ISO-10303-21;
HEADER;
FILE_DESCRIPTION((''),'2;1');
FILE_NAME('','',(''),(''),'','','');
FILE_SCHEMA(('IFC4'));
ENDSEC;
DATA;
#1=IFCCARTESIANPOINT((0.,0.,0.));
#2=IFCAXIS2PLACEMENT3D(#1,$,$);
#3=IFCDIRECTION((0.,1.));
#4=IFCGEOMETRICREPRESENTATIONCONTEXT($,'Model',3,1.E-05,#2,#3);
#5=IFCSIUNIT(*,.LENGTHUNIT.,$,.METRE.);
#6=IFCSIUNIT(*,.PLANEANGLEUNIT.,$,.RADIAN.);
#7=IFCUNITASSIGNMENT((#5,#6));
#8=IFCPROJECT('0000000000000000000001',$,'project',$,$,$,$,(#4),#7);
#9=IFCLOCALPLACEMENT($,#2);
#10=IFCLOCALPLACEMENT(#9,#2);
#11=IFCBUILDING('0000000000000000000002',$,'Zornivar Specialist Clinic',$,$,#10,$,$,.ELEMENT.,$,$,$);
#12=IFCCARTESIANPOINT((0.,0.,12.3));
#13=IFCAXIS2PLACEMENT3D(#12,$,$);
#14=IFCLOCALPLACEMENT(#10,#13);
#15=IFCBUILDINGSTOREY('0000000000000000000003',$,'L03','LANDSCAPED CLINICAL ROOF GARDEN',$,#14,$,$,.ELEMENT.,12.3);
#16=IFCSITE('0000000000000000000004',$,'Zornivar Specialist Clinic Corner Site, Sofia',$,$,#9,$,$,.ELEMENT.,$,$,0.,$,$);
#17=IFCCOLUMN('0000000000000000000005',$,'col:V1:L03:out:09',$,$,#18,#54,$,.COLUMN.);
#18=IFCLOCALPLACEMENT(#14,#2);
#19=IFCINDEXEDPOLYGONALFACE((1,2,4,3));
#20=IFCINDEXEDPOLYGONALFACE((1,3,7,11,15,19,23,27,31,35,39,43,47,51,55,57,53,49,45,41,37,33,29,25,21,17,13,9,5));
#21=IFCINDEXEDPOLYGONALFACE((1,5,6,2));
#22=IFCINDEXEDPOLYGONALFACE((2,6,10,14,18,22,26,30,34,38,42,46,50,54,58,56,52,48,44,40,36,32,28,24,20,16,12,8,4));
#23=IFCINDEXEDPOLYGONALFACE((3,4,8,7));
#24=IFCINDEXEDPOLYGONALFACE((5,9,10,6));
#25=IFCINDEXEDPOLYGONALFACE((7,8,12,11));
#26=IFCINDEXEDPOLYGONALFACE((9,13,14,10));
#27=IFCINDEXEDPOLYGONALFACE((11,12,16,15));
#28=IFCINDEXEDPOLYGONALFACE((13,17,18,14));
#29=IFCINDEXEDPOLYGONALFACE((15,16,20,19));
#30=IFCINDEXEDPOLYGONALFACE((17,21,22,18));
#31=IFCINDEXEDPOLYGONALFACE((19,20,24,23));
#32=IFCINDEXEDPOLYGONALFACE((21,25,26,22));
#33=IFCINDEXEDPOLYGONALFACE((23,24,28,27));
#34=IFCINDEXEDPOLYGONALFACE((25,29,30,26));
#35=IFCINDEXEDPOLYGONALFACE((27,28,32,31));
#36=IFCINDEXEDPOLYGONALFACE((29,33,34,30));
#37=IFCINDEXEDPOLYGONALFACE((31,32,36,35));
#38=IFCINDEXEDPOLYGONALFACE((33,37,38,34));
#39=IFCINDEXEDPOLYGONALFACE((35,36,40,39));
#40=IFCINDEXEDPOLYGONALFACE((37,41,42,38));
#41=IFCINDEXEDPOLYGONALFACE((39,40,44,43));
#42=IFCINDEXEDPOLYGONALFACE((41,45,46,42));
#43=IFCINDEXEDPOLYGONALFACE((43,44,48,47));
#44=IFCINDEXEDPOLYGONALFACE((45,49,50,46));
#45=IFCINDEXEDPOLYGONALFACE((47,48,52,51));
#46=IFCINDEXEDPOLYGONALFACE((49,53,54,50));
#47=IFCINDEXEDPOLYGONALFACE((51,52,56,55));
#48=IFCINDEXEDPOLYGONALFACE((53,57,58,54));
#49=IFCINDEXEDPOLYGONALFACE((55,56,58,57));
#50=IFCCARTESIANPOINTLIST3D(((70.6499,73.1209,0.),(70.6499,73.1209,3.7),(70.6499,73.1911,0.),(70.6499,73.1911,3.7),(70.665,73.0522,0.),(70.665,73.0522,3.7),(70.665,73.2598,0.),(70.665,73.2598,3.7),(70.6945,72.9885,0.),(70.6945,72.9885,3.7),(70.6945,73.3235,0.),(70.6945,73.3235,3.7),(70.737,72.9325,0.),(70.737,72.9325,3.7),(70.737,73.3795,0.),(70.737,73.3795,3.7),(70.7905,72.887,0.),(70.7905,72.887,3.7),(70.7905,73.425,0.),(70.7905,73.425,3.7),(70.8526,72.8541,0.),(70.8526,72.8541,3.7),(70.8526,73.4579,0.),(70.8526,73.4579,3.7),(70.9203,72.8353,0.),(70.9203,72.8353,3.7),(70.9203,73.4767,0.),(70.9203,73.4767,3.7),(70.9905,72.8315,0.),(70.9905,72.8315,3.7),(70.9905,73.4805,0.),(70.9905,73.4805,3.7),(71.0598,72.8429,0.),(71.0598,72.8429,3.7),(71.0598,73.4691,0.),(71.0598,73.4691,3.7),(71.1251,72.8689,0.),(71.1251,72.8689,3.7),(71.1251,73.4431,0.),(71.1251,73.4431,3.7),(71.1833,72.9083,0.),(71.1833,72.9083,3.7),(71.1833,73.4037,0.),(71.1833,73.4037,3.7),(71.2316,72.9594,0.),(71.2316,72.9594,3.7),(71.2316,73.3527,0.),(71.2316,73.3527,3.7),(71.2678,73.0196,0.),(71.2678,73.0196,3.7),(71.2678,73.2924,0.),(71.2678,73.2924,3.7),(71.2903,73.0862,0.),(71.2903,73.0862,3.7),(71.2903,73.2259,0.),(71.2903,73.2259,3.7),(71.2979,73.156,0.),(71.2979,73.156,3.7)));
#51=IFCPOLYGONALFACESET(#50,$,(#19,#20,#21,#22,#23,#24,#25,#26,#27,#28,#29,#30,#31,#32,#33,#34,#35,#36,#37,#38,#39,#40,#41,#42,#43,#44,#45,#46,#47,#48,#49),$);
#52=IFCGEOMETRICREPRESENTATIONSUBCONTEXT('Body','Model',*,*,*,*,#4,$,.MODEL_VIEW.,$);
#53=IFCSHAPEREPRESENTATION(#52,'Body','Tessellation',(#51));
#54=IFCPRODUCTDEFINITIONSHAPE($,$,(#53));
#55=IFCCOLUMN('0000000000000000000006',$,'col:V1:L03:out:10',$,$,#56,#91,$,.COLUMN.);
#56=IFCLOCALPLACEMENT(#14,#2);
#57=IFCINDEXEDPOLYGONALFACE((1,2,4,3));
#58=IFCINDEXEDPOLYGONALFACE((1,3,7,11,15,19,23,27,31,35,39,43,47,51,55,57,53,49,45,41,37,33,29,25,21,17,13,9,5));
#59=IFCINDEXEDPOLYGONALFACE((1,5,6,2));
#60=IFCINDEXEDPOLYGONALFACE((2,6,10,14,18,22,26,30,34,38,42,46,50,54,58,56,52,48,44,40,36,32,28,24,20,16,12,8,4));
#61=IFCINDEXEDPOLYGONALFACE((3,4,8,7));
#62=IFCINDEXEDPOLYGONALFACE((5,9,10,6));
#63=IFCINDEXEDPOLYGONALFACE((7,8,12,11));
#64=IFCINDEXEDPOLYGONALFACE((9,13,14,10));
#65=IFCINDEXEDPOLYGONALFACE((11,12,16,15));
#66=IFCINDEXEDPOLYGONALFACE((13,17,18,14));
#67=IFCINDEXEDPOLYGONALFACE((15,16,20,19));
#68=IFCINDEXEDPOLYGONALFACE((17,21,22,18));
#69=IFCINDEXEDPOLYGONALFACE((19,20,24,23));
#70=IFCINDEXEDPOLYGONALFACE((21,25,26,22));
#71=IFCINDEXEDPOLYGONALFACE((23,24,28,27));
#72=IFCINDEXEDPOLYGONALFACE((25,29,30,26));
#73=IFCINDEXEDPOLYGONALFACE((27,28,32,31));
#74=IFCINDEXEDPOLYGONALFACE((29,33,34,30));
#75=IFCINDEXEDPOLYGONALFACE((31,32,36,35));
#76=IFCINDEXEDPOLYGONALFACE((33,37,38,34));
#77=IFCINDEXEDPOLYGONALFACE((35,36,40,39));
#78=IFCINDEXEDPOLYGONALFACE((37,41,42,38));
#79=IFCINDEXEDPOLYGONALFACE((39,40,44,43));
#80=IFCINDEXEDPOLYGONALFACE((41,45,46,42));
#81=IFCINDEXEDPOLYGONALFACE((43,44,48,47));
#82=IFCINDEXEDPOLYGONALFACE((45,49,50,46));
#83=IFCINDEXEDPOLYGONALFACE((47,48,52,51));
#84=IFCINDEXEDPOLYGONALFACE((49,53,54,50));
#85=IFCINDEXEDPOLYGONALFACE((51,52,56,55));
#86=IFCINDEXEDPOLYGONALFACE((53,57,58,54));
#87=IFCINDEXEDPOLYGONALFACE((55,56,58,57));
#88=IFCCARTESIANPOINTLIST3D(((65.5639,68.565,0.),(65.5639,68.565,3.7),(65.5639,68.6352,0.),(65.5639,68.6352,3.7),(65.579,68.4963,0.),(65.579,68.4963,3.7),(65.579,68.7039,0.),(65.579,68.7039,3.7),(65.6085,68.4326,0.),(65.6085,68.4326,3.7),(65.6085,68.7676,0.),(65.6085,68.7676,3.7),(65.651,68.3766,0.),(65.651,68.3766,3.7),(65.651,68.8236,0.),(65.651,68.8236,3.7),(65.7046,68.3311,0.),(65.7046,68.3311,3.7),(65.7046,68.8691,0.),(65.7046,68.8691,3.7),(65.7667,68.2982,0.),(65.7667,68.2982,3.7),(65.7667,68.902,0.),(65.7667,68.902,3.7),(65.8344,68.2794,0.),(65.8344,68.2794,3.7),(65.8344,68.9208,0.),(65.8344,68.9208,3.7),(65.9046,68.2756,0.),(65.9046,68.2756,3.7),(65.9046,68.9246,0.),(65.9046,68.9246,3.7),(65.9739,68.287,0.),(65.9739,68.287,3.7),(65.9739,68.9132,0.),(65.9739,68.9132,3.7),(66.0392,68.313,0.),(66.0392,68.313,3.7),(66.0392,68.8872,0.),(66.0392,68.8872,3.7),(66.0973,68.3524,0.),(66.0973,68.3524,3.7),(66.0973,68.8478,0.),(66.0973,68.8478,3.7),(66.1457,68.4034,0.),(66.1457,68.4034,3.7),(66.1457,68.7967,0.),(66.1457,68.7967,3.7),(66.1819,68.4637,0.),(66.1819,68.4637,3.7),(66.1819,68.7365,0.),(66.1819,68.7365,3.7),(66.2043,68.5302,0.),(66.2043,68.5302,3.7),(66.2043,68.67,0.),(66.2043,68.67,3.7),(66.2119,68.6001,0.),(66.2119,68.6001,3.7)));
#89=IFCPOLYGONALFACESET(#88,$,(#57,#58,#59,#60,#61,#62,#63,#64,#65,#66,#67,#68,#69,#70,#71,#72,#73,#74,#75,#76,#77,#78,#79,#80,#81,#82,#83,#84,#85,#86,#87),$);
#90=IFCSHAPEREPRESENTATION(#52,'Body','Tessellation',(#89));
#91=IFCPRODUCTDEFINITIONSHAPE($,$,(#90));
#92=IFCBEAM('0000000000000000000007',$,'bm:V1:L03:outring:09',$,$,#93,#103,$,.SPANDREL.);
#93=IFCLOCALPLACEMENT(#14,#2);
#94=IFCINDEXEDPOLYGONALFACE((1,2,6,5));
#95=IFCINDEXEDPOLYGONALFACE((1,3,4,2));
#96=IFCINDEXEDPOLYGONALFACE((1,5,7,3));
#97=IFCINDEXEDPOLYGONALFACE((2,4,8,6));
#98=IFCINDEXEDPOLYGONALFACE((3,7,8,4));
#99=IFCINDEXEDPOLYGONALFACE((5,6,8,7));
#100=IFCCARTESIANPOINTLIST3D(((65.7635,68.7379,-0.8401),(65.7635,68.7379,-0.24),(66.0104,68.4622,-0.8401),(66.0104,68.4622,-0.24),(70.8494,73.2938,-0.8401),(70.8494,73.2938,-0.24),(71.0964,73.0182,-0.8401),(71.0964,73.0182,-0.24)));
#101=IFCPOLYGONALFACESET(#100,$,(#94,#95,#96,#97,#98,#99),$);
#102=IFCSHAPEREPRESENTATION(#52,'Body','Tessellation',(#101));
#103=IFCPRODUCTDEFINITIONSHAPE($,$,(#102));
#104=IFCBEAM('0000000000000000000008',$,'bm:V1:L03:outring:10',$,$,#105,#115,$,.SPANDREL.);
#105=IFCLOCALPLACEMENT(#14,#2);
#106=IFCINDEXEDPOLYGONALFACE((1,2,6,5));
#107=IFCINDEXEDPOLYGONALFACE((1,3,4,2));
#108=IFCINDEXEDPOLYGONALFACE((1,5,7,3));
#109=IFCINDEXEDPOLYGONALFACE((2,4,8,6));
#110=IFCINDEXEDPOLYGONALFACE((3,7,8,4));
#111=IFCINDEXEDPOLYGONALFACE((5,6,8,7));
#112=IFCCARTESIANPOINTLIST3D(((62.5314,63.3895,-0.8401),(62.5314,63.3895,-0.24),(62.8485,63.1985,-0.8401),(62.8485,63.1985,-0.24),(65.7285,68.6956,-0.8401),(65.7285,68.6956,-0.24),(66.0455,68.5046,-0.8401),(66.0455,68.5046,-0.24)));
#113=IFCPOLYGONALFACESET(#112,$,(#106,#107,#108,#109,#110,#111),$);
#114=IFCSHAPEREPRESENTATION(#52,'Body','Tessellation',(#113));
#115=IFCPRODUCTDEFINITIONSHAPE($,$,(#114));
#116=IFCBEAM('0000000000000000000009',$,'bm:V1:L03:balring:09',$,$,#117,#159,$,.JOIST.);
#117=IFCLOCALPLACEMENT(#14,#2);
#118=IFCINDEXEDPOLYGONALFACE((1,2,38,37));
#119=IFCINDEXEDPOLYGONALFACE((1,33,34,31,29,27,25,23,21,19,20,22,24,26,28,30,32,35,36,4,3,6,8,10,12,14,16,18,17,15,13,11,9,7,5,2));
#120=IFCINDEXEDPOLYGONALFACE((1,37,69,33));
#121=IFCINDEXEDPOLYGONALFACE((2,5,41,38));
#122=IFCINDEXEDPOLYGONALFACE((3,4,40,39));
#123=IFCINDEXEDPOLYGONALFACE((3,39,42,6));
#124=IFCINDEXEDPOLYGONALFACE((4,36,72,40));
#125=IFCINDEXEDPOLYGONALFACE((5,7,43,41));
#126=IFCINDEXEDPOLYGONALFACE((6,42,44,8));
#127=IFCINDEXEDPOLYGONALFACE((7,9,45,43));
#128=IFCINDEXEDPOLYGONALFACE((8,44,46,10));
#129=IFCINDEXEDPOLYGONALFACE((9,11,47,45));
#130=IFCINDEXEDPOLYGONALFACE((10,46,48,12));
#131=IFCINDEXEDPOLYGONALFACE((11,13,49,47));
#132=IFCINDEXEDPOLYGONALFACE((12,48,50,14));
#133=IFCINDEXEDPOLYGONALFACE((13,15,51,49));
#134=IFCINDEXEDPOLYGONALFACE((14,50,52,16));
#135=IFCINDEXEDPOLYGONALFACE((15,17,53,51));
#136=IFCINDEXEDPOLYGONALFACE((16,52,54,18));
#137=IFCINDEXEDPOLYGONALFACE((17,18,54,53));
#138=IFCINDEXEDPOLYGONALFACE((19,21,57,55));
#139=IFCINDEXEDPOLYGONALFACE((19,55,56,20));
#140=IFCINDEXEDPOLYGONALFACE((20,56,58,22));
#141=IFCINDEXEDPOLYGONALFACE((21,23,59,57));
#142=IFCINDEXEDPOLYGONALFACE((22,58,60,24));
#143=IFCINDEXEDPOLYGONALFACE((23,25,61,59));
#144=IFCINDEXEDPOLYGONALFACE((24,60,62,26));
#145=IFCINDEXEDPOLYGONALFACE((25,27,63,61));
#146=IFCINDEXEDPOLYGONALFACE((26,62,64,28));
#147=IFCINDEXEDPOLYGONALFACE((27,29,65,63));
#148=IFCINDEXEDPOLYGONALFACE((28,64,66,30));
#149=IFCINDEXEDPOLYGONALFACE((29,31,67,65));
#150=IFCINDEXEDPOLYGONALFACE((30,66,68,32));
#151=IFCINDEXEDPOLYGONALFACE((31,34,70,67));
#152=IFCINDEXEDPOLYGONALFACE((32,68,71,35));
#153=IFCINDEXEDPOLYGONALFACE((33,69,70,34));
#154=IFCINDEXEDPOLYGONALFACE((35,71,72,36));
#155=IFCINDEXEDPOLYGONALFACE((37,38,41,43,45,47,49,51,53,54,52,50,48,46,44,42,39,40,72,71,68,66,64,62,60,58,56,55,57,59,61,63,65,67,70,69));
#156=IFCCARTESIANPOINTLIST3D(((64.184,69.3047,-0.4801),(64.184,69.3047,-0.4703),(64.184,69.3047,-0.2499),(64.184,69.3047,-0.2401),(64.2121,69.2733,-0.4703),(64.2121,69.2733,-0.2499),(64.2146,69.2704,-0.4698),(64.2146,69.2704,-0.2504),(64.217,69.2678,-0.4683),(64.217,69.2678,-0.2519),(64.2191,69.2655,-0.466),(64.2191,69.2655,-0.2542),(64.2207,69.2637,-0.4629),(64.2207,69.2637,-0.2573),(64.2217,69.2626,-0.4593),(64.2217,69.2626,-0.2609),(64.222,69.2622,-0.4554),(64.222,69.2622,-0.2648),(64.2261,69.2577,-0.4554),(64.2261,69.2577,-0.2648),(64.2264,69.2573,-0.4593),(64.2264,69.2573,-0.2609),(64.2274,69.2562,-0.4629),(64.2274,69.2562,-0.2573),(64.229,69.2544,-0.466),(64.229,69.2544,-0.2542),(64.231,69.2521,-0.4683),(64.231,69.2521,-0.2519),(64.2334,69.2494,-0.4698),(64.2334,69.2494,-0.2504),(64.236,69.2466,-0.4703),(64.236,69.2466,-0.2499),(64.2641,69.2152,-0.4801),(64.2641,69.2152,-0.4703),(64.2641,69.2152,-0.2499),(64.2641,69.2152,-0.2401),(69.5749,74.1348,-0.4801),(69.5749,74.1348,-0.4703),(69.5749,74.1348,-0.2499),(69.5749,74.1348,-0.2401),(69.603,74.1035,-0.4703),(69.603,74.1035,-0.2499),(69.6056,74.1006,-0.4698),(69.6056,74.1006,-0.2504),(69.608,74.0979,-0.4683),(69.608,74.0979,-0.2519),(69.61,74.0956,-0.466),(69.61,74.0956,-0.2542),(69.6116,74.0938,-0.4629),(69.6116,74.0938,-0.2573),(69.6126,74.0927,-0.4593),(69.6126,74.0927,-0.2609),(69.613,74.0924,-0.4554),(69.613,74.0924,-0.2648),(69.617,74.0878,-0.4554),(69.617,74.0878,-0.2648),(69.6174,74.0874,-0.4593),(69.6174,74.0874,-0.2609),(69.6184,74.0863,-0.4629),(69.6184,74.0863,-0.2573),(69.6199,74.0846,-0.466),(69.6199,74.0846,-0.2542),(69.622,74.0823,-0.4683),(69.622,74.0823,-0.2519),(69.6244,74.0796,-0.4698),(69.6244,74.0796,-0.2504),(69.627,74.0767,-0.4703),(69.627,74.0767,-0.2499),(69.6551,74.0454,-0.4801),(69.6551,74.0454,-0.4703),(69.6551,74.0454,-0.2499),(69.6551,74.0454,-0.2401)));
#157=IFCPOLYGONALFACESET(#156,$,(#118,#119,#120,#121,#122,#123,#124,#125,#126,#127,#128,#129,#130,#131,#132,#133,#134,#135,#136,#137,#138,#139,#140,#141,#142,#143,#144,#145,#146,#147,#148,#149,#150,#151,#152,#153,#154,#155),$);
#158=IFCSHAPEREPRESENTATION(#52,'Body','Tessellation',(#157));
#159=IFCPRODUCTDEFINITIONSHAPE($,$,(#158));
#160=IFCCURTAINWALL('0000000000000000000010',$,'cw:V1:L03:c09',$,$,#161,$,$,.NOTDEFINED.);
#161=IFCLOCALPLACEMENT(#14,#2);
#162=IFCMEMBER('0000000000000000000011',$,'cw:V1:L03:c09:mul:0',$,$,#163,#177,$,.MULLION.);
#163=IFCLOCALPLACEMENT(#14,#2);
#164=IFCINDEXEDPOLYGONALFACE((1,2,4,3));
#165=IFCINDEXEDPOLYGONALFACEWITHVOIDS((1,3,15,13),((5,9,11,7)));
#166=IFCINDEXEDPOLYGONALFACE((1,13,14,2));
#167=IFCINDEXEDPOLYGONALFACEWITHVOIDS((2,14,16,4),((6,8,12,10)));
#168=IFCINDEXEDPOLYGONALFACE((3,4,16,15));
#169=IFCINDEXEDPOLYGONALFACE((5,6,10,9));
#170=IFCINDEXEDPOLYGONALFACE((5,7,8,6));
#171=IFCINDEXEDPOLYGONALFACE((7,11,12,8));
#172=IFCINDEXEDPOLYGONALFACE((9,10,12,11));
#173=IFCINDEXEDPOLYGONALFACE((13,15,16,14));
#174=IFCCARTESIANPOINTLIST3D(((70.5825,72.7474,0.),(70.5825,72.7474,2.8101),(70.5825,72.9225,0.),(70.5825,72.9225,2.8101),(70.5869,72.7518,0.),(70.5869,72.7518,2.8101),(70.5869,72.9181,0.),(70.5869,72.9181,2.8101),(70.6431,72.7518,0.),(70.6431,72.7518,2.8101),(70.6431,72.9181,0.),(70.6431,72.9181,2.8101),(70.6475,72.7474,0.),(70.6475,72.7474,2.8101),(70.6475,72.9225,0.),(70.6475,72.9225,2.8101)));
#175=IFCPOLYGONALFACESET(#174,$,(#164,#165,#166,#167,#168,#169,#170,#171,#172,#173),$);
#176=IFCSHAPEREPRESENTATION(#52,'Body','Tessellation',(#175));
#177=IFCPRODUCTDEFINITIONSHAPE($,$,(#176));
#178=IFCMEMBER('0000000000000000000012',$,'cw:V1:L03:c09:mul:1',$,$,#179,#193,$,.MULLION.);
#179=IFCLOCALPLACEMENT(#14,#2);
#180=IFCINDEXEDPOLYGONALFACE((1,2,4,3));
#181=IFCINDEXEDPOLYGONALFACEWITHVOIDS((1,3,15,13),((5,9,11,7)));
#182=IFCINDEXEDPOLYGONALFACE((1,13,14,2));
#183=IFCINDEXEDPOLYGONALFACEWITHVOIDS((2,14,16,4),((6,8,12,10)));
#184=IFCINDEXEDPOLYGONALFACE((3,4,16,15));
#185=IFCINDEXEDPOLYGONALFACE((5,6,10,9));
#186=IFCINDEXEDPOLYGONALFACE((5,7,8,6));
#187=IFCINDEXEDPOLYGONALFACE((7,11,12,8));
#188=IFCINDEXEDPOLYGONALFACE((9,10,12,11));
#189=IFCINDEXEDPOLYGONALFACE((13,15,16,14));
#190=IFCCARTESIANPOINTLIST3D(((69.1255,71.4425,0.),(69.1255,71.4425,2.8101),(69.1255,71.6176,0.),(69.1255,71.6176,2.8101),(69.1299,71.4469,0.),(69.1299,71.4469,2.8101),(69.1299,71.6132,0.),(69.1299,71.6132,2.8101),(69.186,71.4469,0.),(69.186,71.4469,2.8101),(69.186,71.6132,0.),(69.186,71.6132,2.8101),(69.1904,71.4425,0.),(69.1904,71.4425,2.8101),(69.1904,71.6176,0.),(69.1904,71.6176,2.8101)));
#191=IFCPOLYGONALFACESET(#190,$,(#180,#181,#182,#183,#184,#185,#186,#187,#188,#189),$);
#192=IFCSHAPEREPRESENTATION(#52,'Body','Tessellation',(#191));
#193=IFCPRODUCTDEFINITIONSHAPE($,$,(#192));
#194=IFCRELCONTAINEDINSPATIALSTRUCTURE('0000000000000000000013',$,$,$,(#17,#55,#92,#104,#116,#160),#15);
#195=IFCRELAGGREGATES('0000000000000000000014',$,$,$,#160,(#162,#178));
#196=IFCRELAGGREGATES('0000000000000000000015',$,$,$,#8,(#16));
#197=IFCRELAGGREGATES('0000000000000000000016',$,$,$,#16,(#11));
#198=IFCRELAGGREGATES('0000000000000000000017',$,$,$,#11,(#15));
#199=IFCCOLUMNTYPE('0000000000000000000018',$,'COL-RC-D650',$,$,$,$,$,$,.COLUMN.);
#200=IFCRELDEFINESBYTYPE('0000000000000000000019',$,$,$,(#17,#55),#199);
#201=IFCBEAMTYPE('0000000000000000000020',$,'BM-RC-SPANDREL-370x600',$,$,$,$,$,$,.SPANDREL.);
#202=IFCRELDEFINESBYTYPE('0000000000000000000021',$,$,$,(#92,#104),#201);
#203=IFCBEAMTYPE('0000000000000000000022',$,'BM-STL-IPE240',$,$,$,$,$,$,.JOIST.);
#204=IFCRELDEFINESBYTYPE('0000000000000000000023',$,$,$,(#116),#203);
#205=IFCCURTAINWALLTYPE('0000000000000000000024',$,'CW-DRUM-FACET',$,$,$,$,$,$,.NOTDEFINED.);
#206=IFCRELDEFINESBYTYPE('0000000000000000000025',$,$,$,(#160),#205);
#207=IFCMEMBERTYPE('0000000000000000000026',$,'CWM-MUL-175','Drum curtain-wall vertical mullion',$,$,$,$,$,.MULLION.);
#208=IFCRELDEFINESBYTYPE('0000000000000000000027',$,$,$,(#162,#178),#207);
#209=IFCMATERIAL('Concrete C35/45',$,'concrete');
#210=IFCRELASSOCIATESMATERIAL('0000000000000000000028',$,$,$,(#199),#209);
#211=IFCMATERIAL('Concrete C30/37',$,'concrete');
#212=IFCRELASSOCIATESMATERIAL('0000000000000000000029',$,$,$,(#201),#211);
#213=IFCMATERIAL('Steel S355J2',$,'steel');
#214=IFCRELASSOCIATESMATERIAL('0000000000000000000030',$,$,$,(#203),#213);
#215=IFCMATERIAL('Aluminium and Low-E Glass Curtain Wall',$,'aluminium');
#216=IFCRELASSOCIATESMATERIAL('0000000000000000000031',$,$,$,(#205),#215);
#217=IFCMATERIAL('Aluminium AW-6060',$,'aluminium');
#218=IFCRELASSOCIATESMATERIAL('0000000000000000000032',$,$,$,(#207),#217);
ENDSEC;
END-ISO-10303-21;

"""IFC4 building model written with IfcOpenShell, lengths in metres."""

from ifc_helpers import new_model, si_unit, direction, frame, origin, origin_2d, place, context, subcontext, project, spatial, rectangle, hollow_rectangle, circle, i_section, extrude, material, material_profile, profile_set, type_object, element, aggregate, save


model = new_model("IFC4")

# Units and contexts
model_context = context("Model", 3, precision=1e-05, world=origin(), true_north=direction((0.0, 1.0)))
body_context = subcontext(model_context, "Body", "Model", "MODEL_VIEW")
ifc_project = project(units=[si_unit("LENGTHUNIT", "METRE"), si_unit("PLANEANGLEUNIT", "RADIAN")], contexts=[model_context])

# Site, building, storey
site_placement = place(None, origin())
site = spatial("IfcSite", under=ifc_project, at=site_placement, Name="Zornivar Specialist Clinic Corner Site, Sofia", CompositionType="ELEMENT", RefElevation=0.0)
building_placement = place(site_placement, origin())
building = spatial("IfcBuilding", under=site, at=building_placement, Name="Zornivar Specialist Clinic", CompositionType="ELEMENT")
storey_placement = place(building_placement, frame((0.0, 0.0, 12.3)))
storey = spatial("IfcBuildingStorey", under=building, at=storey_placement, Name="L03", Description="LANDSCAPED CLINICAL ROOF GARDEN", CompositionType="ELEMENT", Elevation=12.3)

# Columns
ifc_material_1 = material(Name="Concrete C35/45", Category="concrete")
ifc_material_profile_1 = material_profile(ifc_material_1, circle(Radius=0.325, at=origin_2d()), Name="RC D650")
ifc_profile_set_1 = profile_set([ifc_material_profile_1], Name="Concrete C35/45")
column_type = type_object("IfcColumnType", Name="COL-RC-D650", PredefinedType="COLUMN", material=ifc_profile_set_1)
for number, where, z_axis, x_axis, name in (
    (1, (70.9729, 73.156, 0.0), (0.0, 0.0, 1.0), (1.0, 0.0, 0.0), "col:V1:L03:out:09"),
    (2, (65.887, 68.6001, 0.0), (0.0, 0.0, 1.0), (1.0, 0.0, 0.0), "col:V1:L03:out:10"),
):
    element("IfcColumn", number, at=place(storey_placement, frame(where, z_axis=z_axis, x_axis=x_axis)), inside=storey, type_object=column_type, Name=name, PredefinedType="COLUMN", context=body_context, shape_type="SweptSolid", body=[
        extrude(circle(Radius=0.325, at=origin_2d()), origin(), (0.0, 0.0, 1.0), 3.7),
    ])

# Beams
ifc_material_2 = material(Name="Concrete C30/37", Category="concrete")
ifc_material_profile_2 = material_profile(ifc_material_2, rectangle(XDim=0.3701, YDim=0.6001, at=origin_2d()), Name="RC 370x600")
ifc_profile_set_2 = profile_set([ifc_material_profile_2], Name="Concrete C30/37")
beam_type_1 = type_object("IfcBeamType", Name="BM-RC-SPANDREL-370x600", PredefinedType="SPANDREL", material=ifc_profile_set_2)
beam_1_placement = place(storey_placement, frame((70.9729, 73.156, -0.54), z_axis=(-0.744853, -0.667228, 0.0), x_axis=(0.667228, -0.744853, 0.0)))
element("IfcBeam", 3, at=beam_1_placement, inside=storey, type_object=beam_type_1, Name="bm:V1:L03:outring:09", PredefinedType="SPANDREL", context=body_context, shape_type="SweptSolid", body=[
    extrude(rectangle(XDim=0.3701, YDim=0.6001, at=origin_2d()), origin(), (0.0, 0.0, 1.0), 6.8281),
])
beam_2_placement = place(storey_placement, frame((65.887, 68.6001, -0.54), z_axis=(-0.516077, -0.856542, 0.0), x_axis=(0.856542, -0.516077, 0.0)))
element("IfcBeam", 4, at=beam_2_placement, inside=storey, type_object=beam_type_1, Name="bm:V1:L03:outring:10", PredefinedType="SPANDREL", context=body_context, shape_type="SweptSolid", body=[
    extrude(rectangle(XDim=0.3701, YDim=0.6001, at=origin_2d()), origin(), (0.0, 0.0, 1.0), 6.1948),
])
ifc_material_3 = material(Name="Steel S355J2", Category="steel")
ifc_material_profile_3 = material_profile(ifc_material_3, i_section(OverallWidth=0.1201, OverallDepth=0.24, WebThickness=0.0061, FlangeThickness=0.0098, FilletRadius=0.0149, at=origin_2d()), Name="IPE 240")
ifc_profile_set_3 = profile_set([ifc_material_profile_3], Name="Steel S355J2")
beam_type_2 = type_object("IfcBeamType", Name="BM-STL-IPE240", PredefinedType="JOIST", material=ifc_profile_set_3)
beam_3_placement = place(storey_placement, frame((69.615, 74.0901, -0.3601), z_axis=(-0.744783, -0.667306, 0.0), x_axis=(0.667306, -0.744783, 0.0)))
element("IfcBeam", 5, at=beam_3_placement, inside=storey, type_object=beam_type_2, Name="bm:V1:L03:balring:09", PredefinedType="JOIST", context=body_context, shape_type="SweptSolid", body=[
    extrude(i_section(OverallWidth=0.1201, OverallDepth=0.24, WebThickness=0.0061, FlangeThickness=0.0098, FilletRadius=0.0149, at=origin_2d()), origin(), (0.0, 0.0, 1.0), 7.2383),
])

# Curtain wall, members
ifc_material_4 = material(Name="Aluminium and Low-E Glass Curtain Wall", Category="aluminium")
curtain_wall_type = type_object("IfcCurtainWallType", Name="CW-DRUM-FACET", PredefinedType="NOTDEFINED", material=ifc_material_4)
curtain_wall_1_placement = place(storey_placement, origin())
curtain_wall_1 = element("IfcCurtainWall", 6, at=curtain_wall_1_placement, inside=storey, type_object=curtain_wall_type, Name="cw:V1:L03:c09", PredefinedType="NOTDEFINED")
ifc_material_5 = material(Name="Aluminium AW-6060", Category="aluminium")
ifc_material_profile_4 = material_profile(ifc_material_5, hollow_rectangle(XDim=0.0649, YDim=0.175, WallThickness=0.0044, at=origin_2d()), Name="ALU 65x175x4.5")
ifc_profile_set_4 = profile_set([ifc_material_profile_4], Name="Aluminium AW-6060")
member_type_1 = type_object("IfcMemberType", Name="CWM-MUL-175", Description="Drum curtain-wall vertical mullion", PredefinedType="MULLION", material=ifc_profile_set_4)
member_1_placement = place(storey_placement, frame((70.615, 72.835, 0.0), z_axis=(0.0, 0.0, 1.0), x_axis=(1.0, 0.0, 0.0)))
member_1 = element("IfcMember", 7, at=member_1_placement, type_object=member_type_1, Name="cw:V1:L03:c09:mul:0", PredefinedType="MULLION", context=body_context, shape_type="SweptSolid", body=[
    extrude(hollow_rectangle(XDim=0.0649, YDim=0.175, WallThickness=0.0044, at=origin_2d()), origin(), (0.0, 0.0, 1.0), 2.8101),
])
member_2_placement = place(storey_placement, frame((69.158, 71.53, 0.0), z_axis=(0.0, 0.0, 1.0), x_axis=(1.0, 0.0, 0.0)))
member_2 = element("IfcMember", 8, at=member_2_placement, type_object=member_type_1, Name="cw:V1:L03:c09:mul:1", PredefinedType="MULLION", context=body_context, shape_type="SweptSolid", body=[
    extrude(hollow_rectangle(XDim=0.0649, YDim=0.175, WallThickness=0.0044, at=origin_2d()), origin(), (0.0, 0.0, 1.0), 2.8101),
])

aggregate(curtain_wall_1, [member_1, member_2])

save(model, "model.ifc")
